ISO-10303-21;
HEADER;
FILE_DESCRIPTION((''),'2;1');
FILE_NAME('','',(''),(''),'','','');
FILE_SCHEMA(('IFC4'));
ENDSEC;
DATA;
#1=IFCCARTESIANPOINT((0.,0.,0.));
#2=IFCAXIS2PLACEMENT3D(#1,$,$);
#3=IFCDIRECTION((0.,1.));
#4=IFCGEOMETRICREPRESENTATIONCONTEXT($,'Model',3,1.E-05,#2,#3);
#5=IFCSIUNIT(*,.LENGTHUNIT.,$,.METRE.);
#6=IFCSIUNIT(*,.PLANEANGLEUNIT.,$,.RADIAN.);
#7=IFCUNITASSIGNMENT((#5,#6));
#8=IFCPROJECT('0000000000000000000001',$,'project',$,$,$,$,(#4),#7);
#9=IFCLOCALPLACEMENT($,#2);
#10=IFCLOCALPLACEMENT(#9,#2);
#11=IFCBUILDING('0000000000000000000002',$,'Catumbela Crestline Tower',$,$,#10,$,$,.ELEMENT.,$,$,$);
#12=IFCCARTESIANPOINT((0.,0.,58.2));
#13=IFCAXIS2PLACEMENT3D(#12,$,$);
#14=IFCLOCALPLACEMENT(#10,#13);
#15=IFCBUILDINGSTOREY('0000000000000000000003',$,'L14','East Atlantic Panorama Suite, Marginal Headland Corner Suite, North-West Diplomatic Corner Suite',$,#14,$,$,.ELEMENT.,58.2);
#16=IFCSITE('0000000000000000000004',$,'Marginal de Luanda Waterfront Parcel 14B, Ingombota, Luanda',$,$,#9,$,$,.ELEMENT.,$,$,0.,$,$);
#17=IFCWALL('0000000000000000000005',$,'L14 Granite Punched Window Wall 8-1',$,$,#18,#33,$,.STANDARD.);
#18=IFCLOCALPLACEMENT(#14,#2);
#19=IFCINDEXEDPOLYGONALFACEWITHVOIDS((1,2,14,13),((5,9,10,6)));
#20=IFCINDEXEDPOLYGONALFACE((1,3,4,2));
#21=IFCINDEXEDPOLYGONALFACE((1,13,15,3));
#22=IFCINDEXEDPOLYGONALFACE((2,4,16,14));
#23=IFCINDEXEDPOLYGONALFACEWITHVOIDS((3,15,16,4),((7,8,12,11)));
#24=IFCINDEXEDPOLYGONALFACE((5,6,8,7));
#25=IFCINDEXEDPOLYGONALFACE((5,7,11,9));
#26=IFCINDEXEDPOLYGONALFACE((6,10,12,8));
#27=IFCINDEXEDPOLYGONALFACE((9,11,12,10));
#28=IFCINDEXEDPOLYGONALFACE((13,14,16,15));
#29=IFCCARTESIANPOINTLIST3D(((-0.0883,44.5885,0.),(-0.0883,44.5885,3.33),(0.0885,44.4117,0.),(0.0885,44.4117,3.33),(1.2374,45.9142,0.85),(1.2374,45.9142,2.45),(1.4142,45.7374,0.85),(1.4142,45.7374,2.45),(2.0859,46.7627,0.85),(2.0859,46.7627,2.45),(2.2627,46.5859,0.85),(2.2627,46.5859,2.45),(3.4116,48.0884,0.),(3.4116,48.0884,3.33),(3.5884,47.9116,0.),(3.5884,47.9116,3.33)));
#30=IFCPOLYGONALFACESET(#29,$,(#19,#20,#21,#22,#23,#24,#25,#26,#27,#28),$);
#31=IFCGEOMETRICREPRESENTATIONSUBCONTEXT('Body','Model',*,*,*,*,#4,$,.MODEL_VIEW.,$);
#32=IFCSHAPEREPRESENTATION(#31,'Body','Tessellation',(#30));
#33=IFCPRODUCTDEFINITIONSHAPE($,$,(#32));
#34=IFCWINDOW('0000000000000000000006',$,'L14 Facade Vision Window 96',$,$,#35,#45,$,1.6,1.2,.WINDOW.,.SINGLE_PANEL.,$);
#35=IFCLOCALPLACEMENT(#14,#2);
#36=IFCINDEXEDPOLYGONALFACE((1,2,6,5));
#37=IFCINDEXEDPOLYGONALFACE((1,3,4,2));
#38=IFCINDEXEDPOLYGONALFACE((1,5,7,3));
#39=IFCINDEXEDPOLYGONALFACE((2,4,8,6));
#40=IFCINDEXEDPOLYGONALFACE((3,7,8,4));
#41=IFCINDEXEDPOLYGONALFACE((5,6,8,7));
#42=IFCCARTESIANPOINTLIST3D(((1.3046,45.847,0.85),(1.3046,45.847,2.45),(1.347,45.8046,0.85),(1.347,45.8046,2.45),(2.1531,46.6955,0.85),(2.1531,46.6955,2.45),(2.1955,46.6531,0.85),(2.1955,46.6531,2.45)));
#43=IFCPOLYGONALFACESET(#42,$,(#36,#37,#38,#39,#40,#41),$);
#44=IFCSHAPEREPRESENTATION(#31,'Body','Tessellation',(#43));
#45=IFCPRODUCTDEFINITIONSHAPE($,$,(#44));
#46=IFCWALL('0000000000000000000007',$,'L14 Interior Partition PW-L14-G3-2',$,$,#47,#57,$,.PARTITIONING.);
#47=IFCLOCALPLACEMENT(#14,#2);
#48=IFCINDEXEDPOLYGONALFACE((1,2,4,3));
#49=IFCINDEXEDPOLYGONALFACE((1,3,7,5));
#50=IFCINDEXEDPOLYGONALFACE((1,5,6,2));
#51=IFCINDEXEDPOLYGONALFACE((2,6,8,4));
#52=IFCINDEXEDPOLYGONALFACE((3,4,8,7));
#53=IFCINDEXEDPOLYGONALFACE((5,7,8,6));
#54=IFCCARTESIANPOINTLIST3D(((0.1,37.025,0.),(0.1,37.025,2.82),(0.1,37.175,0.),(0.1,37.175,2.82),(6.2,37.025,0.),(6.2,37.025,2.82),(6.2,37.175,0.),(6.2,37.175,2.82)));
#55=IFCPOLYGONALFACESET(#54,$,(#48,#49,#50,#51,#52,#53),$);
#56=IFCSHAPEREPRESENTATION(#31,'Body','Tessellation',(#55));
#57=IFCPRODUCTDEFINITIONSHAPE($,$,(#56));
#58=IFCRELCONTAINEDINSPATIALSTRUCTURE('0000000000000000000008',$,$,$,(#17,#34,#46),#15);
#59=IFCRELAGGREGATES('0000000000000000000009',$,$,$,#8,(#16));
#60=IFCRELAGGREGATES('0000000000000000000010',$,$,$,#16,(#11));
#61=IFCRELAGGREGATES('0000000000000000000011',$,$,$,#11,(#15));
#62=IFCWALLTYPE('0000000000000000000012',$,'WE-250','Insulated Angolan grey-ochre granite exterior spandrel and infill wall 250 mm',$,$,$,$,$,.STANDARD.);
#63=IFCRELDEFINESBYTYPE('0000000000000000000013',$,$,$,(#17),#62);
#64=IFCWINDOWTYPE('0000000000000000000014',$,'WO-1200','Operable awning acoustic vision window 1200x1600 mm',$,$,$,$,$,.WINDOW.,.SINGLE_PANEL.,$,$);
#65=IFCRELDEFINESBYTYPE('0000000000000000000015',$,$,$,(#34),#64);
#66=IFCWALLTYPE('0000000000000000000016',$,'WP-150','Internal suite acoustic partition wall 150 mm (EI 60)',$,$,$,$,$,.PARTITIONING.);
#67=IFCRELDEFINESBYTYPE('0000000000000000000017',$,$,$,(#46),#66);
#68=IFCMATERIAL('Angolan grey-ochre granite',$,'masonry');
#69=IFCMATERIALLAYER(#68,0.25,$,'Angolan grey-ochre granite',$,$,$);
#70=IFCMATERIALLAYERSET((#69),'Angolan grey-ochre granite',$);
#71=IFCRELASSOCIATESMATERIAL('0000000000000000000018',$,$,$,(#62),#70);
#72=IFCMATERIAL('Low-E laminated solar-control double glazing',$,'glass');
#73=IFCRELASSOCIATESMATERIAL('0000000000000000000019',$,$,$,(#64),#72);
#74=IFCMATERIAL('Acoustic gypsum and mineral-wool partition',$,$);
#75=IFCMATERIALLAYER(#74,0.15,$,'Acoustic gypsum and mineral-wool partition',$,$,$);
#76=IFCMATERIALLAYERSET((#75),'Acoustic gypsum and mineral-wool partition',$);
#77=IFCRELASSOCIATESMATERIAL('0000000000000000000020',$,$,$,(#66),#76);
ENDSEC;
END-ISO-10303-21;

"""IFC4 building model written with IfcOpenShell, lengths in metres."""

from ifc_helpers import new_model, si_unit, direction, frame, frame_2d, origin, place, context, subcontext, project, spatial, rectangle, extrude, material, layer, layer_set, type_object, element, fill, save


model = new_model("IFC4")

# Units and contexts
model_context = context("Model", 3, precision=1e-05, world=origin(), true_north=direction((0.0, 1.0)))
body_context = subcontext(model_context, "Body", "Model", "MODEL_VIEW")
ifc_project = project(units=[si_unit("LENGTHUNIT", "METRE"), si_unit("PLANEANGLEUNIT", "RADIAN")], contexts=[model_context])

# Site, building, storey
site_placement = place(None, origin())
site = spatial("IfcSite", under=ifc_project, at=site_placement, Name="Marginal de Luanda Waterfront Parcel 14B, Ingombota, Luanda", CompositionType="ELEMENT", RefElevation=0.0)
building_placement = place(site_placement, origin())
building = spatial("IfcBuilding", under=site, at=building_placement, Name="Catumbela Crestline Tower", CompositionType="ELEMENT")
storey_placement = place(building_placement, frame((0.0, 0.0, 58.2)))
storey = spatial("IfcBuildingStorey", under=building, at=storey_placement, Name="L14", Description="East Atlantic Panorama Suite, Marginal Headland Corner Suite, North-West Diplomatic Corner Suite", CompositionType="ELEMENT", Elevation=58.2)

# Shared definitions
ifc_material_1 = material(Name="Low-E laminated solar-control double glazing", Category="glass")

# Shared definitions
ifc_material_2 = material(Name="Acoustic gypsum and mineral-wool partition")

# Wall, opening, window
ifc_material_3 = material(Name="Angolan grey-ochre granite", Category="masonry")
ifc_layer_1 = layer(ifc_material_3, 0.25, Name="Angolan grey-ochre granite")
ifc_layer_set_1 = layer_set([ifc_layer_1], Name="Angolan grey-ochre granite")
wall_type_1 = type_object("IfcWallType", Name="WE-250", Description="Insulated Angolan grey-ochre granite exterior spandrel and infill wall 250 mm", PredefinedType="STANDARD", material=ifc_layer_set_1)
wall_1_placement = place(storey_placement, frame((3.5, 48.0, 0.0), z_axis=(0.0, 0.0, 1.0), x_axis=(-0.707107, -0.707107, 0.0)))
wall_1 = element("IfcWall", 1, at=wall_1_placement, inside=storey, type_object=wall_type_1, Name="L14 Granite Punched Window Wall 8-1", PredefinedType="STANDARD", context=body_context, shape_type="SweptSolid", body=[
    extrude(rectangle(XDim=4.9497, YDim=0.25, at=frame_2d((2.4748, 0.0))), origin(), (0.0, 0.0, 1.0), 3.33),
])
opening_1_placement = place(wall_1_placement, frame((1.8748, 0.0, 0.85)))
opening_1 = element("IfcOpeningElement", 2, at=opening_1_placement, cuts=wall_1, PredefinedType="OPENING", context=body_context, shape_type="SweptSolid", body=[
    extrude(rectangle(XDim=1.2, YDim=1.6, at=frame_2d((0.6, 0.8))), frame((0.0, 0.135, 0.0), z_axis=(0.0, -1.0, 0.0), x_axis=(1.0, 0.0, 0.0)), (0.0, 0.0, 1.0), 0.27),
])
window_type = type_object("IfcWindowType", Name="WO-1200", Description="Operable awning acoustic vision window 1200x1600 mm", PartitioningType="SINGLE_PANEL", PredefinedType="WINDOW", material=ifc_material_1)
window_placement = place(opening_1_placement, origin())
window = element("IfcWindow", 3, at=window_placement, inside=storey, type_object=window_type, Name="L14 Facade Vision Window 96", OverallHeight=1.6, OverallWidth=1.2, PartitioningType="SINGLE_PANEL", PredefinedType="WINDOW", context=body_context, shape_type="SweptSolid", body=[
    extrude(rectangle(XDim=1.2, YDim=1.6, at=frame_2d((0.6, 0.8))), frame((0.0, 0.03, 0.0), z_axis=(0.0, -1.0, 0.0), x_axis=(1.0, 0.0, 0.0)), (0.0, 0.0, 1.0), 0.06),
])
fill(opening_1, window)

# Wall
ifc_layer_2 = layer(ifc_material_2, 0.15, Name="Acoustic gypsum and mineral-wool partition")
ifc_layer_set_2 = layer_set([ifc_layer_2], Name="Acoustic gypsum and mineral-wool partition")
wall_type_2 = type_object("IfcWallType", Name="WP-150", Description="Internal suite acoustic partition wall 150 mm (EI 60)", PredefinedType="PARTITIONING", material=ifc_layer_set_2)
wall_2_placement = place(storey_placement, frame((0.1, 37.1, 0.0), z_axis=(0.0, 0.0, 1.0), x_axis=(1.0, 0.0, 0.0)))
element("IfcWall", 4, at=wall_2_placement, inside=storey, type_object=wall_type_2, Name="L14 Interior Partition PW-L14-G3-2", PredefinedType="PARTITIONING", context=body_context, shape_type="SweptSolid", body=[
    extrude(rectangle(XDim=6.1, YDim=0.15, at=frame_2d((3.05, 0.0))), origin(), (0.0, 0.0, 1.0), 2.82),
])

save(model, "model.ifc")
